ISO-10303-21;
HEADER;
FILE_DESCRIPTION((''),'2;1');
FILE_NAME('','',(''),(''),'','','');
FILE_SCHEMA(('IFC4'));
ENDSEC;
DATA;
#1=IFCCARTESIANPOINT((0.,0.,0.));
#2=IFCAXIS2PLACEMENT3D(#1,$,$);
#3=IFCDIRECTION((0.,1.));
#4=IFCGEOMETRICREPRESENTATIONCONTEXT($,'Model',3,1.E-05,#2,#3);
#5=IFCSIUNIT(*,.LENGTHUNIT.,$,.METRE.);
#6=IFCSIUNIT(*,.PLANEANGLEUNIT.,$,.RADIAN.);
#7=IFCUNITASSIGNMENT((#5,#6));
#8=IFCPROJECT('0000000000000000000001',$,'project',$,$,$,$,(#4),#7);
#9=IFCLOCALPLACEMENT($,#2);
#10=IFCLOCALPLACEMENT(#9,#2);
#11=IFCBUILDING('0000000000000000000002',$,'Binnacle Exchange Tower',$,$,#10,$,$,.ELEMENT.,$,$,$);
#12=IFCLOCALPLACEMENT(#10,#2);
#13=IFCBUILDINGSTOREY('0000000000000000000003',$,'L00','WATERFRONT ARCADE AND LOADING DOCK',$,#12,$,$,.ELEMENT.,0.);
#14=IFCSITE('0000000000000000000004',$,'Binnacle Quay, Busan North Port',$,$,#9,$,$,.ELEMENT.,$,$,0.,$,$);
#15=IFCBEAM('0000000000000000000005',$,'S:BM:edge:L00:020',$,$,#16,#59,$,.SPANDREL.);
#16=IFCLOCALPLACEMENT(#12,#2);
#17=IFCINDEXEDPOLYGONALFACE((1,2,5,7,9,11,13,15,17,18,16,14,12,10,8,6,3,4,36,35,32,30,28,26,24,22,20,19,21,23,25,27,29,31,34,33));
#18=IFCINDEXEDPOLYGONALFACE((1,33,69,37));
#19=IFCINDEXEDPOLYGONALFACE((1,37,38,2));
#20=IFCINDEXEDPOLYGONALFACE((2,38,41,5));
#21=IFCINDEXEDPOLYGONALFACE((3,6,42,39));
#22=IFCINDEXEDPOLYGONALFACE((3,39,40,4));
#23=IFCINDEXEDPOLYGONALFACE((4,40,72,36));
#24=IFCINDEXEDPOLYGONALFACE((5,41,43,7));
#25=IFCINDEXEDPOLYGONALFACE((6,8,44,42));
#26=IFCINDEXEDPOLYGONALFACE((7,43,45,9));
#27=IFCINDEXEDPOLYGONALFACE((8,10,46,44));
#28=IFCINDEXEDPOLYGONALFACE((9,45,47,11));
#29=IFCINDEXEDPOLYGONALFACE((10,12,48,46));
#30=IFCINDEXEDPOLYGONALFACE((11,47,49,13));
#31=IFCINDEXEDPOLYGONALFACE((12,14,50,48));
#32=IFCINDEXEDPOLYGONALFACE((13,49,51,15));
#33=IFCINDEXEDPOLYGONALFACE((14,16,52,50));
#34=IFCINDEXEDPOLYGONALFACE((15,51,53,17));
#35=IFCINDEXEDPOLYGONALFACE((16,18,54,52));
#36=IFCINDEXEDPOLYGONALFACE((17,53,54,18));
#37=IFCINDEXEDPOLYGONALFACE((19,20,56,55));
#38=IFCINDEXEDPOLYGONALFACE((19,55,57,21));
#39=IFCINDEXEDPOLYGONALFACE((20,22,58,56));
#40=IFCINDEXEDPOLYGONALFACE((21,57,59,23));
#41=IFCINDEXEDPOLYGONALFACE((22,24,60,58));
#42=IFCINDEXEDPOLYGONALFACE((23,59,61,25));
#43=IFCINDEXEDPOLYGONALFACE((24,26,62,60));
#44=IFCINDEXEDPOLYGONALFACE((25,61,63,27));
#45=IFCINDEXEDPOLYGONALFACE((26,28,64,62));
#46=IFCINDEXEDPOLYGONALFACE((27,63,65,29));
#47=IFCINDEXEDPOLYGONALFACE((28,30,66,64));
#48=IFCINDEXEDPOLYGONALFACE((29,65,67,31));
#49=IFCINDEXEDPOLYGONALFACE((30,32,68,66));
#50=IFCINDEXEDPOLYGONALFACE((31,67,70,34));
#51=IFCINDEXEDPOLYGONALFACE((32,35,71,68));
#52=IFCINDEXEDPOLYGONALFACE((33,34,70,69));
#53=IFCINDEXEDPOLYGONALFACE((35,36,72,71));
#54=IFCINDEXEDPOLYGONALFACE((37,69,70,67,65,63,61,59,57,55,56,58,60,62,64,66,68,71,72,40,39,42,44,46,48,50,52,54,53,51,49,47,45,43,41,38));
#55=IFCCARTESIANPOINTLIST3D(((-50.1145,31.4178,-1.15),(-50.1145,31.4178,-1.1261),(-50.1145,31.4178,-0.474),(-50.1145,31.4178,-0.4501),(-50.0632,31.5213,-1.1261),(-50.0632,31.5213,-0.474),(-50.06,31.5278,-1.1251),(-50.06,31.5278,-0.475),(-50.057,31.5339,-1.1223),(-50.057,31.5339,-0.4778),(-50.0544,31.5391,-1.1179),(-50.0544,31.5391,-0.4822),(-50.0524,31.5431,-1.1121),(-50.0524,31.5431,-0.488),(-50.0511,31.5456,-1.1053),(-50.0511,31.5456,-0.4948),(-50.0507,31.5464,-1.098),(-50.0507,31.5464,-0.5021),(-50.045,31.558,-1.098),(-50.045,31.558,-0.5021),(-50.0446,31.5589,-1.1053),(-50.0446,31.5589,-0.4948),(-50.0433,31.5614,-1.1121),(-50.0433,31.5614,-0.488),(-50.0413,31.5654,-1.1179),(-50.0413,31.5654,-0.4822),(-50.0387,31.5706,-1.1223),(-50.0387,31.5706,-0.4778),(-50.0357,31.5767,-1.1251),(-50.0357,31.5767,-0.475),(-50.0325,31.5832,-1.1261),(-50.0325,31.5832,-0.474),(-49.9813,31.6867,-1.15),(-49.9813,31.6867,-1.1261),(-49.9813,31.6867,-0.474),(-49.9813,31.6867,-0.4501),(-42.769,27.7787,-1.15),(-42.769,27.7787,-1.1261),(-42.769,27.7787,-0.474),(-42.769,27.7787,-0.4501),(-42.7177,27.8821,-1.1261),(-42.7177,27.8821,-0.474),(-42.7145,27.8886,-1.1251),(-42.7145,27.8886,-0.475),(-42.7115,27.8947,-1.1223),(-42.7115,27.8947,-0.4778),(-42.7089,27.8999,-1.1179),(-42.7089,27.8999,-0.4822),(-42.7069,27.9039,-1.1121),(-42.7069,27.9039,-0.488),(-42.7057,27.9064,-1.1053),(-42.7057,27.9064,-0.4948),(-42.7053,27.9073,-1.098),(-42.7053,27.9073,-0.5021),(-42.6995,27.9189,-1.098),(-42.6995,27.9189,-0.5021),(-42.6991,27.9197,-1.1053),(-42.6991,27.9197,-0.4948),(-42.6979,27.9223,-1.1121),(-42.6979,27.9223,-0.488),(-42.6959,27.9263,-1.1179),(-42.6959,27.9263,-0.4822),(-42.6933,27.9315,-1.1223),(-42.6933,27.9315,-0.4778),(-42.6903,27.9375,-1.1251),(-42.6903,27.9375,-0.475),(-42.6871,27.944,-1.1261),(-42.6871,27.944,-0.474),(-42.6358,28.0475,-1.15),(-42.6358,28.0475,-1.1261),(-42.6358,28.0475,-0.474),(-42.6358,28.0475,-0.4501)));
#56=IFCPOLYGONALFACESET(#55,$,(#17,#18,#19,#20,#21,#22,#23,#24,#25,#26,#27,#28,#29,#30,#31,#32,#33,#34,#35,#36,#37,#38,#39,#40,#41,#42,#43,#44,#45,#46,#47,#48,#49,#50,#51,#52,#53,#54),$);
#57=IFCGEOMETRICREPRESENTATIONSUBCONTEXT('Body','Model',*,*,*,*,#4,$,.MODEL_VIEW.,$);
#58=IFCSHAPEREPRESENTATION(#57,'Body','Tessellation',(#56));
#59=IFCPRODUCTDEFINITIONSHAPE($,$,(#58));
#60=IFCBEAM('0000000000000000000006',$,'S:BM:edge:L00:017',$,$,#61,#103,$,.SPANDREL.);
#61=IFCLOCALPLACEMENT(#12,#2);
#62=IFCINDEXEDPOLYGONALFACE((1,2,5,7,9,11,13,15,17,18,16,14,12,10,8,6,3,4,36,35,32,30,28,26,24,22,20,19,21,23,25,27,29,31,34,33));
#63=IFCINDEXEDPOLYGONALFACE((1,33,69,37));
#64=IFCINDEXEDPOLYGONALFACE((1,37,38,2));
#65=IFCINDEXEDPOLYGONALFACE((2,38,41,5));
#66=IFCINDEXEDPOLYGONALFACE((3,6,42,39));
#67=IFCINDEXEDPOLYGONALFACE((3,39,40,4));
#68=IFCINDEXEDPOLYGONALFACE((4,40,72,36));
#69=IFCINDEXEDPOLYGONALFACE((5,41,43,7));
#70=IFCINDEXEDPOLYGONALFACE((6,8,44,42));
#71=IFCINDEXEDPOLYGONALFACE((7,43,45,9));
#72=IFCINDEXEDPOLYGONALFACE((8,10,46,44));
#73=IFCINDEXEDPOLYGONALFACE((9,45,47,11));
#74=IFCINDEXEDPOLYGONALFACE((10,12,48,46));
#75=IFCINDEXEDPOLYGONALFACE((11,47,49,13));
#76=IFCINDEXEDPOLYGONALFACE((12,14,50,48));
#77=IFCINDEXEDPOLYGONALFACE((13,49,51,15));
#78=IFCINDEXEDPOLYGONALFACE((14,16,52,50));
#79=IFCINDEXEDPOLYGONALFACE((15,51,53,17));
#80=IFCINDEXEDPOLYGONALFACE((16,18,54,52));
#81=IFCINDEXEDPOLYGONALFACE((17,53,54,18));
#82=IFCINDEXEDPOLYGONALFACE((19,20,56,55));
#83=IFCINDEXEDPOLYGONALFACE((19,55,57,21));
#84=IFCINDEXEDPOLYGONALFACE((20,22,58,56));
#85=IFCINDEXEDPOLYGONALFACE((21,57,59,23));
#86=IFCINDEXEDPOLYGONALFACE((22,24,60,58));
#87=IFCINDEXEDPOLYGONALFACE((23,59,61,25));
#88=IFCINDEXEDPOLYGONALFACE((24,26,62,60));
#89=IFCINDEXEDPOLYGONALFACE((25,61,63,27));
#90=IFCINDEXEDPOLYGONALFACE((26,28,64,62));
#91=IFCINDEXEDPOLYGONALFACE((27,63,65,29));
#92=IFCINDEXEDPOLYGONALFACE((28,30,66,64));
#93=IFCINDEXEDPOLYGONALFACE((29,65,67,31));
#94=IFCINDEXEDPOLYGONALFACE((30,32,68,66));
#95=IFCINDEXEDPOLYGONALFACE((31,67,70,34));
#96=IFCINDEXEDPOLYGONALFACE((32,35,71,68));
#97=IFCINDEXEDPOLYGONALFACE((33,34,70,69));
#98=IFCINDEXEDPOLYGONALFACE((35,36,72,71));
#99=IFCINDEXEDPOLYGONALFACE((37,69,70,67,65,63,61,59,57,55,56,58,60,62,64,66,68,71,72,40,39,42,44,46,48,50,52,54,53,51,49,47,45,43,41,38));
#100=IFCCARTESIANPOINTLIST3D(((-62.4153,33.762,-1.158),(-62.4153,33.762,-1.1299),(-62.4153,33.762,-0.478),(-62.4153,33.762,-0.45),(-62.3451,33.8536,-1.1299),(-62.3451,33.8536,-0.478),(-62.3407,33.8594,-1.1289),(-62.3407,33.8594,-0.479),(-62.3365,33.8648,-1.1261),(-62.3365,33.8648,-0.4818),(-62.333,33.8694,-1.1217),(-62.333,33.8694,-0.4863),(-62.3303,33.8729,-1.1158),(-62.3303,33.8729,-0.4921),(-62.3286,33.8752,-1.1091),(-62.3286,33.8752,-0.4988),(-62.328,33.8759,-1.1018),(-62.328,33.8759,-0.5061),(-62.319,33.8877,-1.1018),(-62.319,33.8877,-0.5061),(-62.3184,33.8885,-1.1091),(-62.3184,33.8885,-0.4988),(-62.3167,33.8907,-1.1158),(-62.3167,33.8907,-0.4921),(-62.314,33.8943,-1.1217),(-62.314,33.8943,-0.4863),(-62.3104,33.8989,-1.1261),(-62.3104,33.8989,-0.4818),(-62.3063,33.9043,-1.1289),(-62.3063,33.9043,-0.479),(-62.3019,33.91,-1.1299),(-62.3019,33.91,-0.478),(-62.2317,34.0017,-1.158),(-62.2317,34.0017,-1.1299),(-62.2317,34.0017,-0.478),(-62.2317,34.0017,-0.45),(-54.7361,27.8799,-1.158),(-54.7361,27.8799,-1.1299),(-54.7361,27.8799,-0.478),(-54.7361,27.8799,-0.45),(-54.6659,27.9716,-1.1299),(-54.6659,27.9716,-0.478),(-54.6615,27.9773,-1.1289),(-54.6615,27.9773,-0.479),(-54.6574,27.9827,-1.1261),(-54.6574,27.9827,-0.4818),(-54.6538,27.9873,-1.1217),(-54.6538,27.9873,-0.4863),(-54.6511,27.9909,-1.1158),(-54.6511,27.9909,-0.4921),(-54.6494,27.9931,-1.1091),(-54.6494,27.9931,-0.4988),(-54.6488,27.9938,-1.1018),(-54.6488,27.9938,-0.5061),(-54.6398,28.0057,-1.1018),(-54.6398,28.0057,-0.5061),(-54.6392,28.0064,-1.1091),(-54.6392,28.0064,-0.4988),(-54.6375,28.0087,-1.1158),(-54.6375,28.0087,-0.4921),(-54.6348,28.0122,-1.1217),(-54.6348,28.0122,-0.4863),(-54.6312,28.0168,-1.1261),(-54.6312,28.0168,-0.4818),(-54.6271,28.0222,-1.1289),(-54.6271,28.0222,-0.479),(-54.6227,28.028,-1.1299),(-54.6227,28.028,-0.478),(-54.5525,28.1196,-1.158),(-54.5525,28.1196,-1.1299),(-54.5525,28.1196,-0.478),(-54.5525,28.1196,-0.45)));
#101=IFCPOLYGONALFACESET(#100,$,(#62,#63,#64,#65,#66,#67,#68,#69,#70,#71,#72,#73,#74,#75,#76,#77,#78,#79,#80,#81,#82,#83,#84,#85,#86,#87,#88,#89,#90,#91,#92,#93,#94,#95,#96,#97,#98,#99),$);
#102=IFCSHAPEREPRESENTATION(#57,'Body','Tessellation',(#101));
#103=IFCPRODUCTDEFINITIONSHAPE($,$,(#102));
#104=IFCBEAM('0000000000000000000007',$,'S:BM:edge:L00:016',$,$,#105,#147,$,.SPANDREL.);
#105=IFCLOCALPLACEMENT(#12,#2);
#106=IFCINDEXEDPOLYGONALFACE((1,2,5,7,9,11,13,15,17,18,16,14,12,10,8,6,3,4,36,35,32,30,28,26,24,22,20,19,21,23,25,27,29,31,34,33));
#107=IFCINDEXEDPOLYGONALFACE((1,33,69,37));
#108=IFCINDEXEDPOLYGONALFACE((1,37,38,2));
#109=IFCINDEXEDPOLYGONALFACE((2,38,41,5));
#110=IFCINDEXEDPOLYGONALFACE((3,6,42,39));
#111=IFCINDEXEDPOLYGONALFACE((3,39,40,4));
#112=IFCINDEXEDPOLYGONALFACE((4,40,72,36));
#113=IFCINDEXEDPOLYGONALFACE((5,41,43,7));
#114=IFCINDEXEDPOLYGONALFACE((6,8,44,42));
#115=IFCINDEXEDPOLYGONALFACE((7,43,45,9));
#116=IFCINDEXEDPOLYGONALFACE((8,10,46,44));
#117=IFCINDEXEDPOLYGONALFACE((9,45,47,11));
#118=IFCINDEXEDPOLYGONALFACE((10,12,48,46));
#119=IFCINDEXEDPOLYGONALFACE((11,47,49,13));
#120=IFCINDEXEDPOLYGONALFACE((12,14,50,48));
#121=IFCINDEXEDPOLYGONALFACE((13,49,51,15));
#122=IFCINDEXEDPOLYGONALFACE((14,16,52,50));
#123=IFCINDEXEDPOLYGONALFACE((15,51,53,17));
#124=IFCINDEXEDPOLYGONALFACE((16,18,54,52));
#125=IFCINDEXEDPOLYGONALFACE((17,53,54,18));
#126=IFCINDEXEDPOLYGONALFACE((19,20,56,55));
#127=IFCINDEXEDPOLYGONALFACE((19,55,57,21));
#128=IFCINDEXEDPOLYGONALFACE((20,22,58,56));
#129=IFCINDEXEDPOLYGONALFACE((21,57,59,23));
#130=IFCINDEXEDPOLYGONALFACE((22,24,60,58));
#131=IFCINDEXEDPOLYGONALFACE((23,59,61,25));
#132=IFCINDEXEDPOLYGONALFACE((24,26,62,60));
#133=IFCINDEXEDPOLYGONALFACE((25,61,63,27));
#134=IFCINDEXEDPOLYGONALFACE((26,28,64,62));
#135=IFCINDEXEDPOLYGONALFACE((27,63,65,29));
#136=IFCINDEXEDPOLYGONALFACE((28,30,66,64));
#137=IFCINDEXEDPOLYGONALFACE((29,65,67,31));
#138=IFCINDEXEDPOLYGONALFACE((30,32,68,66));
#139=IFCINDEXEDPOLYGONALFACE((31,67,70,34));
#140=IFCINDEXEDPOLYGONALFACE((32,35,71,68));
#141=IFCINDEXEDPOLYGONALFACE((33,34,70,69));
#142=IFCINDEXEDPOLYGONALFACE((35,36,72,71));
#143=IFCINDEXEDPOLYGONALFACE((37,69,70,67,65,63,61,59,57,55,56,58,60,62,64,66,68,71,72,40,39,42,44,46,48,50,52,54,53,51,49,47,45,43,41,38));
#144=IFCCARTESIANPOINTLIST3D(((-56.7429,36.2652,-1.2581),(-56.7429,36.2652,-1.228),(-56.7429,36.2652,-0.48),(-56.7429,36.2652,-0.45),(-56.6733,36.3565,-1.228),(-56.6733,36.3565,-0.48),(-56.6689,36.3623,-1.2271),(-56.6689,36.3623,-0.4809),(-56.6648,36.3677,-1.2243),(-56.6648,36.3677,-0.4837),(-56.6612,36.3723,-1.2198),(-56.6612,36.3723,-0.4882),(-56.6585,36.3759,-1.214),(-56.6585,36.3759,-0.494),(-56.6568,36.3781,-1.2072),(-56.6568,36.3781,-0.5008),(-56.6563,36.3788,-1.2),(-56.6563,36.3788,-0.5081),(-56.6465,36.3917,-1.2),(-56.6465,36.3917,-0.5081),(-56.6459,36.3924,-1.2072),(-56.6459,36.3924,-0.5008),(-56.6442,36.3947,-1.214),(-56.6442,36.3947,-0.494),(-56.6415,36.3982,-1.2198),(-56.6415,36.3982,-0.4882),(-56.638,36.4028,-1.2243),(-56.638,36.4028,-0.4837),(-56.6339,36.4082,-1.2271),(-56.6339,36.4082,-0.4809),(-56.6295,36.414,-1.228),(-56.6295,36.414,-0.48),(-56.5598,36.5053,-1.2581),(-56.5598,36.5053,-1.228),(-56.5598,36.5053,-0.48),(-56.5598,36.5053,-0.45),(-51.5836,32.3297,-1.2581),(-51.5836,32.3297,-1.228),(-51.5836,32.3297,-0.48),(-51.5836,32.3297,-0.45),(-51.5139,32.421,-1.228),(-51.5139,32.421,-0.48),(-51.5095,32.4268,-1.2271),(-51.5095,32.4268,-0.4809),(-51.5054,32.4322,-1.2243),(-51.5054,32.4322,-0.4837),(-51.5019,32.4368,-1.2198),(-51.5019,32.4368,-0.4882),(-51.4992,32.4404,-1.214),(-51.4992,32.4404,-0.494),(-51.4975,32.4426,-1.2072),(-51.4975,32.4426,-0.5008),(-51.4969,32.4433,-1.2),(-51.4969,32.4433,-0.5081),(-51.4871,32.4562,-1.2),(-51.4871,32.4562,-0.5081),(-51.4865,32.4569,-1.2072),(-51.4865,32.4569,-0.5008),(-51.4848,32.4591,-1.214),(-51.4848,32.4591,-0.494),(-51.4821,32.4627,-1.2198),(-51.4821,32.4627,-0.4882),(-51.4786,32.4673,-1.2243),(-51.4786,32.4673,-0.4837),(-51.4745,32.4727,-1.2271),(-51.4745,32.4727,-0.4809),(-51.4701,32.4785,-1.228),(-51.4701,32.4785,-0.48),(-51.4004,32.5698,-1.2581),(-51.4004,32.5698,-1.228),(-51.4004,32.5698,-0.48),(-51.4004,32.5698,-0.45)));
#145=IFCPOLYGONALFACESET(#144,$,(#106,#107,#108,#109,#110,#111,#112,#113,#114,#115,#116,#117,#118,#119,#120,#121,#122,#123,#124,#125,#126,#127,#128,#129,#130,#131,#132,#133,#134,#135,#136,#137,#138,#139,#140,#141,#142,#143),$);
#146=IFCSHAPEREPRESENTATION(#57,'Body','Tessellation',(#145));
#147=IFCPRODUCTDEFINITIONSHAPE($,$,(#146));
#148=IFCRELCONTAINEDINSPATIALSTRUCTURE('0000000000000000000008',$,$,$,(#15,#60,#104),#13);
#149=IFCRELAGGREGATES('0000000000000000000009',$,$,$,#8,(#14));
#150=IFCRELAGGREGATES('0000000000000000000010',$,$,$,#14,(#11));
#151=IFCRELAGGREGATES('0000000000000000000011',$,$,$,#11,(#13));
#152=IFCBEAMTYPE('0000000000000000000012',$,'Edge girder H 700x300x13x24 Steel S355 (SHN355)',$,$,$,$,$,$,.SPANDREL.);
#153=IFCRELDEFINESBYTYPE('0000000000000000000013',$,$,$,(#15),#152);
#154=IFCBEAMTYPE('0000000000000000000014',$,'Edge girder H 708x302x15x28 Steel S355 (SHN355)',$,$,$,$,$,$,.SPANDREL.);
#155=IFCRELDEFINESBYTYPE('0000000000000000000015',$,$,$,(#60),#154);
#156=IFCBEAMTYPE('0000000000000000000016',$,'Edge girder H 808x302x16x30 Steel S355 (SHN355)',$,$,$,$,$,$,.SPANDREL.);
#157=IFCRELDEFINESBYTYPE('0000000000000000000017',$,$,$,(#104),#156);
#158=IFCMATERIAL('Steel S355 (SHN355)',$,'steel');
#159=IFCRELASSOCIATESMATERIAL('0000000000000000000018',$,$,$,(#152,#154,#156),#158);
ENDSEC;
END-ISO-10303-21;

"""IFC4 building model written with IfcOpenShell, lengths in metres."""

from ifc_helpers import new_model, si_unit, direction, frame, origin, origin_2d, place, context, subcontext, project, spatial, i_section, extrude, material, material_profile, profile_set, type_object, element, save


model = new_model("IFC4")

# Units and contexts
model_context = context("Model", 3, precision=1e-05, world=origin(), true_north=direction((0.0, 1.0)))
body_context = subcontext(model_context, "Body", "Model", "MODEL_VIEW")
ifc_project = project(units=[si_unit("LENGTHUNIT", "METRE"), si_unit("PLANEANGLEUNIT", "RADIAN")], contexts=[model_context])

# Site, building, storey
site_placement = place(None, origin())
site = spatial("IfcSite", under=ifc_project, at=site_placement, Name="Binnacle Quay, Busan North Port", CompositionType="ELEMENT", RefElevation=0.0)
building_placement = place(site_placement, origin())
building = spatial("IfcBuilding", under=site, at=building_placement, Name="Binnacle Exchange Tower", CompositionType="ELEMENT")
storey_placement = place(building_placement, origin())
storey = spatial("IfcBuildingStorey", under=building, at=storey_placement, Name="L00", Description="WATERFRONT ARCADE AND LOADING DOCK", CompositionType="ELEMENT", Elevation=0.0)

# Beams
ifc_material_1 = material(Name="Steel S355 (SHN355)", Category="steel")
ifc_material_profile_1 = material_profile(ifc_material_1, i_section(OverallWidth=0.3, OverallDepth=0.7, WebThickness=0.0129, FlangeThickness=0.0239, FilletRadius=0.0281, at=origin_2d()), Name="H 700x300x13x24")
ifc_profile_set_1 = profile_set([ifc_material_profile_1], Name="Steel S355 (SHN355)")
beam_type_1 = type_object("IfcBeamType", Name="Edge girder H 700x300x13x24 Steel S355 (SHN355)", PredefinedType="SPANDREL", material=ifc_profile_set_1)
beam_1_placement = place(storey_placement, frame((-50.0479, 31.5522, -0.8), z_axis=(0.896059, -0.443935, 0.0), x_axis=(0.443935, 0.896059, 0.0)))
element("IfcBeam", 1, at=beam_1_placement, inside=storey, type_object=beam_type_1, Name="S:BM:edge:L00:020", PredefinedType="SPANDREL", context=body_context, shape_type="SweptSolid", body=[
    extrude(i_section(OverallWidth=0.3, OverallDepth=0.7, WebThickness=0.0129, FlangeThickness=0.0239, FilletRadius=0.0281, at=origin_2d()), origin(), (0.0, 0.0, 1.0), 8.1975),
])
ifc_material_profile_2 = material_profile(ifc_material_1, i_section(OverallWidth=0.302, OverallDepth=0.708, WebThickness=0.0149, FlangeThickness=0.0281, FilletRadius=0.0281, at=origin_2d()), Name="H 708x302x15x28")
ifc_profile_set_2 = profile_set([ifc_material_profile_2], Name="Steel S355 (SHN355)")
beam_type_2 = type_object("IfcBeamType", Name="Edge girder H 708x302x15x28 Steel S355 (SHN355)", PredefinedType="SPANDREL", material=ifc_profile_set_2)
beam_2_placement = place(storey_placement, frame((-54.6443, 27.9998, -0.804), z_axis=(-0.793871, 0.608086, 0.0), x_axis=(-0.608086, -0.793871, 0.0)))
element("IfcBeam", 2, at=beam_2_placement, inside=storey, type_object=beam_type_2, Name="S:BM:edge:L00:017", PredefinedType="SPANDREL", context=body_context, shape_type="SweptSolid", body=[
    extrude(i_section(OverallWidth=0.302, OverallDepth=0.708, WebThickness=0.0149, FlangeThickness=0.0281, FilletRadius=0.0281, at=origin_2d()), origin(), (0.0, 0.0, 1.0), 9.6731),
])
ifc_material_profile_3 = material_profile(ifc_material_1, i_section(OverallWidth=0.302, OverallDepth=0.8081, WebThickness=0.0161, FlangeThickness=0.03, FilletRadius=0.0281, at=origin_2d()), Name="H 808x302x16x30")
ifc_profile_set_3 = profile_set([ifc_material_profile_3], Name="Steel S355 (SHN355)")
beam_type_3 = type_object("IfcBeamType", Name="Edge girder H 808x302x16x30 Steel S355 (SHN355)", PredefinedType="SPANDREL", material=ifc_profile_set_3)
beam_3_placement = place(storey_placement, frame((-56.6514, 36.3853, -0.854), z_axis=(0.795093, -0.606487, 0.0), x_axis=(0.606487, 0.795093, 0.0)))
element("IfcBeam", 3, at=beam_3_placement, inside=storey, type_object=beam_type_3, Name="S:BM:edge:L00:016", PredefinedType="SPANDREL", context=body_context, shape_type="SweptSolid", body=[
    extrude(i_section(OverallWidth=0.302, OverallDepth=0.8081, WebThickness=0.0161, FlangeThickness=0.03, FilletRadius=0.0281, at=origin_2d()), origin(), (0.0, 0.0, 1.0), 6.489),
])

save(model, "model.ifc")
